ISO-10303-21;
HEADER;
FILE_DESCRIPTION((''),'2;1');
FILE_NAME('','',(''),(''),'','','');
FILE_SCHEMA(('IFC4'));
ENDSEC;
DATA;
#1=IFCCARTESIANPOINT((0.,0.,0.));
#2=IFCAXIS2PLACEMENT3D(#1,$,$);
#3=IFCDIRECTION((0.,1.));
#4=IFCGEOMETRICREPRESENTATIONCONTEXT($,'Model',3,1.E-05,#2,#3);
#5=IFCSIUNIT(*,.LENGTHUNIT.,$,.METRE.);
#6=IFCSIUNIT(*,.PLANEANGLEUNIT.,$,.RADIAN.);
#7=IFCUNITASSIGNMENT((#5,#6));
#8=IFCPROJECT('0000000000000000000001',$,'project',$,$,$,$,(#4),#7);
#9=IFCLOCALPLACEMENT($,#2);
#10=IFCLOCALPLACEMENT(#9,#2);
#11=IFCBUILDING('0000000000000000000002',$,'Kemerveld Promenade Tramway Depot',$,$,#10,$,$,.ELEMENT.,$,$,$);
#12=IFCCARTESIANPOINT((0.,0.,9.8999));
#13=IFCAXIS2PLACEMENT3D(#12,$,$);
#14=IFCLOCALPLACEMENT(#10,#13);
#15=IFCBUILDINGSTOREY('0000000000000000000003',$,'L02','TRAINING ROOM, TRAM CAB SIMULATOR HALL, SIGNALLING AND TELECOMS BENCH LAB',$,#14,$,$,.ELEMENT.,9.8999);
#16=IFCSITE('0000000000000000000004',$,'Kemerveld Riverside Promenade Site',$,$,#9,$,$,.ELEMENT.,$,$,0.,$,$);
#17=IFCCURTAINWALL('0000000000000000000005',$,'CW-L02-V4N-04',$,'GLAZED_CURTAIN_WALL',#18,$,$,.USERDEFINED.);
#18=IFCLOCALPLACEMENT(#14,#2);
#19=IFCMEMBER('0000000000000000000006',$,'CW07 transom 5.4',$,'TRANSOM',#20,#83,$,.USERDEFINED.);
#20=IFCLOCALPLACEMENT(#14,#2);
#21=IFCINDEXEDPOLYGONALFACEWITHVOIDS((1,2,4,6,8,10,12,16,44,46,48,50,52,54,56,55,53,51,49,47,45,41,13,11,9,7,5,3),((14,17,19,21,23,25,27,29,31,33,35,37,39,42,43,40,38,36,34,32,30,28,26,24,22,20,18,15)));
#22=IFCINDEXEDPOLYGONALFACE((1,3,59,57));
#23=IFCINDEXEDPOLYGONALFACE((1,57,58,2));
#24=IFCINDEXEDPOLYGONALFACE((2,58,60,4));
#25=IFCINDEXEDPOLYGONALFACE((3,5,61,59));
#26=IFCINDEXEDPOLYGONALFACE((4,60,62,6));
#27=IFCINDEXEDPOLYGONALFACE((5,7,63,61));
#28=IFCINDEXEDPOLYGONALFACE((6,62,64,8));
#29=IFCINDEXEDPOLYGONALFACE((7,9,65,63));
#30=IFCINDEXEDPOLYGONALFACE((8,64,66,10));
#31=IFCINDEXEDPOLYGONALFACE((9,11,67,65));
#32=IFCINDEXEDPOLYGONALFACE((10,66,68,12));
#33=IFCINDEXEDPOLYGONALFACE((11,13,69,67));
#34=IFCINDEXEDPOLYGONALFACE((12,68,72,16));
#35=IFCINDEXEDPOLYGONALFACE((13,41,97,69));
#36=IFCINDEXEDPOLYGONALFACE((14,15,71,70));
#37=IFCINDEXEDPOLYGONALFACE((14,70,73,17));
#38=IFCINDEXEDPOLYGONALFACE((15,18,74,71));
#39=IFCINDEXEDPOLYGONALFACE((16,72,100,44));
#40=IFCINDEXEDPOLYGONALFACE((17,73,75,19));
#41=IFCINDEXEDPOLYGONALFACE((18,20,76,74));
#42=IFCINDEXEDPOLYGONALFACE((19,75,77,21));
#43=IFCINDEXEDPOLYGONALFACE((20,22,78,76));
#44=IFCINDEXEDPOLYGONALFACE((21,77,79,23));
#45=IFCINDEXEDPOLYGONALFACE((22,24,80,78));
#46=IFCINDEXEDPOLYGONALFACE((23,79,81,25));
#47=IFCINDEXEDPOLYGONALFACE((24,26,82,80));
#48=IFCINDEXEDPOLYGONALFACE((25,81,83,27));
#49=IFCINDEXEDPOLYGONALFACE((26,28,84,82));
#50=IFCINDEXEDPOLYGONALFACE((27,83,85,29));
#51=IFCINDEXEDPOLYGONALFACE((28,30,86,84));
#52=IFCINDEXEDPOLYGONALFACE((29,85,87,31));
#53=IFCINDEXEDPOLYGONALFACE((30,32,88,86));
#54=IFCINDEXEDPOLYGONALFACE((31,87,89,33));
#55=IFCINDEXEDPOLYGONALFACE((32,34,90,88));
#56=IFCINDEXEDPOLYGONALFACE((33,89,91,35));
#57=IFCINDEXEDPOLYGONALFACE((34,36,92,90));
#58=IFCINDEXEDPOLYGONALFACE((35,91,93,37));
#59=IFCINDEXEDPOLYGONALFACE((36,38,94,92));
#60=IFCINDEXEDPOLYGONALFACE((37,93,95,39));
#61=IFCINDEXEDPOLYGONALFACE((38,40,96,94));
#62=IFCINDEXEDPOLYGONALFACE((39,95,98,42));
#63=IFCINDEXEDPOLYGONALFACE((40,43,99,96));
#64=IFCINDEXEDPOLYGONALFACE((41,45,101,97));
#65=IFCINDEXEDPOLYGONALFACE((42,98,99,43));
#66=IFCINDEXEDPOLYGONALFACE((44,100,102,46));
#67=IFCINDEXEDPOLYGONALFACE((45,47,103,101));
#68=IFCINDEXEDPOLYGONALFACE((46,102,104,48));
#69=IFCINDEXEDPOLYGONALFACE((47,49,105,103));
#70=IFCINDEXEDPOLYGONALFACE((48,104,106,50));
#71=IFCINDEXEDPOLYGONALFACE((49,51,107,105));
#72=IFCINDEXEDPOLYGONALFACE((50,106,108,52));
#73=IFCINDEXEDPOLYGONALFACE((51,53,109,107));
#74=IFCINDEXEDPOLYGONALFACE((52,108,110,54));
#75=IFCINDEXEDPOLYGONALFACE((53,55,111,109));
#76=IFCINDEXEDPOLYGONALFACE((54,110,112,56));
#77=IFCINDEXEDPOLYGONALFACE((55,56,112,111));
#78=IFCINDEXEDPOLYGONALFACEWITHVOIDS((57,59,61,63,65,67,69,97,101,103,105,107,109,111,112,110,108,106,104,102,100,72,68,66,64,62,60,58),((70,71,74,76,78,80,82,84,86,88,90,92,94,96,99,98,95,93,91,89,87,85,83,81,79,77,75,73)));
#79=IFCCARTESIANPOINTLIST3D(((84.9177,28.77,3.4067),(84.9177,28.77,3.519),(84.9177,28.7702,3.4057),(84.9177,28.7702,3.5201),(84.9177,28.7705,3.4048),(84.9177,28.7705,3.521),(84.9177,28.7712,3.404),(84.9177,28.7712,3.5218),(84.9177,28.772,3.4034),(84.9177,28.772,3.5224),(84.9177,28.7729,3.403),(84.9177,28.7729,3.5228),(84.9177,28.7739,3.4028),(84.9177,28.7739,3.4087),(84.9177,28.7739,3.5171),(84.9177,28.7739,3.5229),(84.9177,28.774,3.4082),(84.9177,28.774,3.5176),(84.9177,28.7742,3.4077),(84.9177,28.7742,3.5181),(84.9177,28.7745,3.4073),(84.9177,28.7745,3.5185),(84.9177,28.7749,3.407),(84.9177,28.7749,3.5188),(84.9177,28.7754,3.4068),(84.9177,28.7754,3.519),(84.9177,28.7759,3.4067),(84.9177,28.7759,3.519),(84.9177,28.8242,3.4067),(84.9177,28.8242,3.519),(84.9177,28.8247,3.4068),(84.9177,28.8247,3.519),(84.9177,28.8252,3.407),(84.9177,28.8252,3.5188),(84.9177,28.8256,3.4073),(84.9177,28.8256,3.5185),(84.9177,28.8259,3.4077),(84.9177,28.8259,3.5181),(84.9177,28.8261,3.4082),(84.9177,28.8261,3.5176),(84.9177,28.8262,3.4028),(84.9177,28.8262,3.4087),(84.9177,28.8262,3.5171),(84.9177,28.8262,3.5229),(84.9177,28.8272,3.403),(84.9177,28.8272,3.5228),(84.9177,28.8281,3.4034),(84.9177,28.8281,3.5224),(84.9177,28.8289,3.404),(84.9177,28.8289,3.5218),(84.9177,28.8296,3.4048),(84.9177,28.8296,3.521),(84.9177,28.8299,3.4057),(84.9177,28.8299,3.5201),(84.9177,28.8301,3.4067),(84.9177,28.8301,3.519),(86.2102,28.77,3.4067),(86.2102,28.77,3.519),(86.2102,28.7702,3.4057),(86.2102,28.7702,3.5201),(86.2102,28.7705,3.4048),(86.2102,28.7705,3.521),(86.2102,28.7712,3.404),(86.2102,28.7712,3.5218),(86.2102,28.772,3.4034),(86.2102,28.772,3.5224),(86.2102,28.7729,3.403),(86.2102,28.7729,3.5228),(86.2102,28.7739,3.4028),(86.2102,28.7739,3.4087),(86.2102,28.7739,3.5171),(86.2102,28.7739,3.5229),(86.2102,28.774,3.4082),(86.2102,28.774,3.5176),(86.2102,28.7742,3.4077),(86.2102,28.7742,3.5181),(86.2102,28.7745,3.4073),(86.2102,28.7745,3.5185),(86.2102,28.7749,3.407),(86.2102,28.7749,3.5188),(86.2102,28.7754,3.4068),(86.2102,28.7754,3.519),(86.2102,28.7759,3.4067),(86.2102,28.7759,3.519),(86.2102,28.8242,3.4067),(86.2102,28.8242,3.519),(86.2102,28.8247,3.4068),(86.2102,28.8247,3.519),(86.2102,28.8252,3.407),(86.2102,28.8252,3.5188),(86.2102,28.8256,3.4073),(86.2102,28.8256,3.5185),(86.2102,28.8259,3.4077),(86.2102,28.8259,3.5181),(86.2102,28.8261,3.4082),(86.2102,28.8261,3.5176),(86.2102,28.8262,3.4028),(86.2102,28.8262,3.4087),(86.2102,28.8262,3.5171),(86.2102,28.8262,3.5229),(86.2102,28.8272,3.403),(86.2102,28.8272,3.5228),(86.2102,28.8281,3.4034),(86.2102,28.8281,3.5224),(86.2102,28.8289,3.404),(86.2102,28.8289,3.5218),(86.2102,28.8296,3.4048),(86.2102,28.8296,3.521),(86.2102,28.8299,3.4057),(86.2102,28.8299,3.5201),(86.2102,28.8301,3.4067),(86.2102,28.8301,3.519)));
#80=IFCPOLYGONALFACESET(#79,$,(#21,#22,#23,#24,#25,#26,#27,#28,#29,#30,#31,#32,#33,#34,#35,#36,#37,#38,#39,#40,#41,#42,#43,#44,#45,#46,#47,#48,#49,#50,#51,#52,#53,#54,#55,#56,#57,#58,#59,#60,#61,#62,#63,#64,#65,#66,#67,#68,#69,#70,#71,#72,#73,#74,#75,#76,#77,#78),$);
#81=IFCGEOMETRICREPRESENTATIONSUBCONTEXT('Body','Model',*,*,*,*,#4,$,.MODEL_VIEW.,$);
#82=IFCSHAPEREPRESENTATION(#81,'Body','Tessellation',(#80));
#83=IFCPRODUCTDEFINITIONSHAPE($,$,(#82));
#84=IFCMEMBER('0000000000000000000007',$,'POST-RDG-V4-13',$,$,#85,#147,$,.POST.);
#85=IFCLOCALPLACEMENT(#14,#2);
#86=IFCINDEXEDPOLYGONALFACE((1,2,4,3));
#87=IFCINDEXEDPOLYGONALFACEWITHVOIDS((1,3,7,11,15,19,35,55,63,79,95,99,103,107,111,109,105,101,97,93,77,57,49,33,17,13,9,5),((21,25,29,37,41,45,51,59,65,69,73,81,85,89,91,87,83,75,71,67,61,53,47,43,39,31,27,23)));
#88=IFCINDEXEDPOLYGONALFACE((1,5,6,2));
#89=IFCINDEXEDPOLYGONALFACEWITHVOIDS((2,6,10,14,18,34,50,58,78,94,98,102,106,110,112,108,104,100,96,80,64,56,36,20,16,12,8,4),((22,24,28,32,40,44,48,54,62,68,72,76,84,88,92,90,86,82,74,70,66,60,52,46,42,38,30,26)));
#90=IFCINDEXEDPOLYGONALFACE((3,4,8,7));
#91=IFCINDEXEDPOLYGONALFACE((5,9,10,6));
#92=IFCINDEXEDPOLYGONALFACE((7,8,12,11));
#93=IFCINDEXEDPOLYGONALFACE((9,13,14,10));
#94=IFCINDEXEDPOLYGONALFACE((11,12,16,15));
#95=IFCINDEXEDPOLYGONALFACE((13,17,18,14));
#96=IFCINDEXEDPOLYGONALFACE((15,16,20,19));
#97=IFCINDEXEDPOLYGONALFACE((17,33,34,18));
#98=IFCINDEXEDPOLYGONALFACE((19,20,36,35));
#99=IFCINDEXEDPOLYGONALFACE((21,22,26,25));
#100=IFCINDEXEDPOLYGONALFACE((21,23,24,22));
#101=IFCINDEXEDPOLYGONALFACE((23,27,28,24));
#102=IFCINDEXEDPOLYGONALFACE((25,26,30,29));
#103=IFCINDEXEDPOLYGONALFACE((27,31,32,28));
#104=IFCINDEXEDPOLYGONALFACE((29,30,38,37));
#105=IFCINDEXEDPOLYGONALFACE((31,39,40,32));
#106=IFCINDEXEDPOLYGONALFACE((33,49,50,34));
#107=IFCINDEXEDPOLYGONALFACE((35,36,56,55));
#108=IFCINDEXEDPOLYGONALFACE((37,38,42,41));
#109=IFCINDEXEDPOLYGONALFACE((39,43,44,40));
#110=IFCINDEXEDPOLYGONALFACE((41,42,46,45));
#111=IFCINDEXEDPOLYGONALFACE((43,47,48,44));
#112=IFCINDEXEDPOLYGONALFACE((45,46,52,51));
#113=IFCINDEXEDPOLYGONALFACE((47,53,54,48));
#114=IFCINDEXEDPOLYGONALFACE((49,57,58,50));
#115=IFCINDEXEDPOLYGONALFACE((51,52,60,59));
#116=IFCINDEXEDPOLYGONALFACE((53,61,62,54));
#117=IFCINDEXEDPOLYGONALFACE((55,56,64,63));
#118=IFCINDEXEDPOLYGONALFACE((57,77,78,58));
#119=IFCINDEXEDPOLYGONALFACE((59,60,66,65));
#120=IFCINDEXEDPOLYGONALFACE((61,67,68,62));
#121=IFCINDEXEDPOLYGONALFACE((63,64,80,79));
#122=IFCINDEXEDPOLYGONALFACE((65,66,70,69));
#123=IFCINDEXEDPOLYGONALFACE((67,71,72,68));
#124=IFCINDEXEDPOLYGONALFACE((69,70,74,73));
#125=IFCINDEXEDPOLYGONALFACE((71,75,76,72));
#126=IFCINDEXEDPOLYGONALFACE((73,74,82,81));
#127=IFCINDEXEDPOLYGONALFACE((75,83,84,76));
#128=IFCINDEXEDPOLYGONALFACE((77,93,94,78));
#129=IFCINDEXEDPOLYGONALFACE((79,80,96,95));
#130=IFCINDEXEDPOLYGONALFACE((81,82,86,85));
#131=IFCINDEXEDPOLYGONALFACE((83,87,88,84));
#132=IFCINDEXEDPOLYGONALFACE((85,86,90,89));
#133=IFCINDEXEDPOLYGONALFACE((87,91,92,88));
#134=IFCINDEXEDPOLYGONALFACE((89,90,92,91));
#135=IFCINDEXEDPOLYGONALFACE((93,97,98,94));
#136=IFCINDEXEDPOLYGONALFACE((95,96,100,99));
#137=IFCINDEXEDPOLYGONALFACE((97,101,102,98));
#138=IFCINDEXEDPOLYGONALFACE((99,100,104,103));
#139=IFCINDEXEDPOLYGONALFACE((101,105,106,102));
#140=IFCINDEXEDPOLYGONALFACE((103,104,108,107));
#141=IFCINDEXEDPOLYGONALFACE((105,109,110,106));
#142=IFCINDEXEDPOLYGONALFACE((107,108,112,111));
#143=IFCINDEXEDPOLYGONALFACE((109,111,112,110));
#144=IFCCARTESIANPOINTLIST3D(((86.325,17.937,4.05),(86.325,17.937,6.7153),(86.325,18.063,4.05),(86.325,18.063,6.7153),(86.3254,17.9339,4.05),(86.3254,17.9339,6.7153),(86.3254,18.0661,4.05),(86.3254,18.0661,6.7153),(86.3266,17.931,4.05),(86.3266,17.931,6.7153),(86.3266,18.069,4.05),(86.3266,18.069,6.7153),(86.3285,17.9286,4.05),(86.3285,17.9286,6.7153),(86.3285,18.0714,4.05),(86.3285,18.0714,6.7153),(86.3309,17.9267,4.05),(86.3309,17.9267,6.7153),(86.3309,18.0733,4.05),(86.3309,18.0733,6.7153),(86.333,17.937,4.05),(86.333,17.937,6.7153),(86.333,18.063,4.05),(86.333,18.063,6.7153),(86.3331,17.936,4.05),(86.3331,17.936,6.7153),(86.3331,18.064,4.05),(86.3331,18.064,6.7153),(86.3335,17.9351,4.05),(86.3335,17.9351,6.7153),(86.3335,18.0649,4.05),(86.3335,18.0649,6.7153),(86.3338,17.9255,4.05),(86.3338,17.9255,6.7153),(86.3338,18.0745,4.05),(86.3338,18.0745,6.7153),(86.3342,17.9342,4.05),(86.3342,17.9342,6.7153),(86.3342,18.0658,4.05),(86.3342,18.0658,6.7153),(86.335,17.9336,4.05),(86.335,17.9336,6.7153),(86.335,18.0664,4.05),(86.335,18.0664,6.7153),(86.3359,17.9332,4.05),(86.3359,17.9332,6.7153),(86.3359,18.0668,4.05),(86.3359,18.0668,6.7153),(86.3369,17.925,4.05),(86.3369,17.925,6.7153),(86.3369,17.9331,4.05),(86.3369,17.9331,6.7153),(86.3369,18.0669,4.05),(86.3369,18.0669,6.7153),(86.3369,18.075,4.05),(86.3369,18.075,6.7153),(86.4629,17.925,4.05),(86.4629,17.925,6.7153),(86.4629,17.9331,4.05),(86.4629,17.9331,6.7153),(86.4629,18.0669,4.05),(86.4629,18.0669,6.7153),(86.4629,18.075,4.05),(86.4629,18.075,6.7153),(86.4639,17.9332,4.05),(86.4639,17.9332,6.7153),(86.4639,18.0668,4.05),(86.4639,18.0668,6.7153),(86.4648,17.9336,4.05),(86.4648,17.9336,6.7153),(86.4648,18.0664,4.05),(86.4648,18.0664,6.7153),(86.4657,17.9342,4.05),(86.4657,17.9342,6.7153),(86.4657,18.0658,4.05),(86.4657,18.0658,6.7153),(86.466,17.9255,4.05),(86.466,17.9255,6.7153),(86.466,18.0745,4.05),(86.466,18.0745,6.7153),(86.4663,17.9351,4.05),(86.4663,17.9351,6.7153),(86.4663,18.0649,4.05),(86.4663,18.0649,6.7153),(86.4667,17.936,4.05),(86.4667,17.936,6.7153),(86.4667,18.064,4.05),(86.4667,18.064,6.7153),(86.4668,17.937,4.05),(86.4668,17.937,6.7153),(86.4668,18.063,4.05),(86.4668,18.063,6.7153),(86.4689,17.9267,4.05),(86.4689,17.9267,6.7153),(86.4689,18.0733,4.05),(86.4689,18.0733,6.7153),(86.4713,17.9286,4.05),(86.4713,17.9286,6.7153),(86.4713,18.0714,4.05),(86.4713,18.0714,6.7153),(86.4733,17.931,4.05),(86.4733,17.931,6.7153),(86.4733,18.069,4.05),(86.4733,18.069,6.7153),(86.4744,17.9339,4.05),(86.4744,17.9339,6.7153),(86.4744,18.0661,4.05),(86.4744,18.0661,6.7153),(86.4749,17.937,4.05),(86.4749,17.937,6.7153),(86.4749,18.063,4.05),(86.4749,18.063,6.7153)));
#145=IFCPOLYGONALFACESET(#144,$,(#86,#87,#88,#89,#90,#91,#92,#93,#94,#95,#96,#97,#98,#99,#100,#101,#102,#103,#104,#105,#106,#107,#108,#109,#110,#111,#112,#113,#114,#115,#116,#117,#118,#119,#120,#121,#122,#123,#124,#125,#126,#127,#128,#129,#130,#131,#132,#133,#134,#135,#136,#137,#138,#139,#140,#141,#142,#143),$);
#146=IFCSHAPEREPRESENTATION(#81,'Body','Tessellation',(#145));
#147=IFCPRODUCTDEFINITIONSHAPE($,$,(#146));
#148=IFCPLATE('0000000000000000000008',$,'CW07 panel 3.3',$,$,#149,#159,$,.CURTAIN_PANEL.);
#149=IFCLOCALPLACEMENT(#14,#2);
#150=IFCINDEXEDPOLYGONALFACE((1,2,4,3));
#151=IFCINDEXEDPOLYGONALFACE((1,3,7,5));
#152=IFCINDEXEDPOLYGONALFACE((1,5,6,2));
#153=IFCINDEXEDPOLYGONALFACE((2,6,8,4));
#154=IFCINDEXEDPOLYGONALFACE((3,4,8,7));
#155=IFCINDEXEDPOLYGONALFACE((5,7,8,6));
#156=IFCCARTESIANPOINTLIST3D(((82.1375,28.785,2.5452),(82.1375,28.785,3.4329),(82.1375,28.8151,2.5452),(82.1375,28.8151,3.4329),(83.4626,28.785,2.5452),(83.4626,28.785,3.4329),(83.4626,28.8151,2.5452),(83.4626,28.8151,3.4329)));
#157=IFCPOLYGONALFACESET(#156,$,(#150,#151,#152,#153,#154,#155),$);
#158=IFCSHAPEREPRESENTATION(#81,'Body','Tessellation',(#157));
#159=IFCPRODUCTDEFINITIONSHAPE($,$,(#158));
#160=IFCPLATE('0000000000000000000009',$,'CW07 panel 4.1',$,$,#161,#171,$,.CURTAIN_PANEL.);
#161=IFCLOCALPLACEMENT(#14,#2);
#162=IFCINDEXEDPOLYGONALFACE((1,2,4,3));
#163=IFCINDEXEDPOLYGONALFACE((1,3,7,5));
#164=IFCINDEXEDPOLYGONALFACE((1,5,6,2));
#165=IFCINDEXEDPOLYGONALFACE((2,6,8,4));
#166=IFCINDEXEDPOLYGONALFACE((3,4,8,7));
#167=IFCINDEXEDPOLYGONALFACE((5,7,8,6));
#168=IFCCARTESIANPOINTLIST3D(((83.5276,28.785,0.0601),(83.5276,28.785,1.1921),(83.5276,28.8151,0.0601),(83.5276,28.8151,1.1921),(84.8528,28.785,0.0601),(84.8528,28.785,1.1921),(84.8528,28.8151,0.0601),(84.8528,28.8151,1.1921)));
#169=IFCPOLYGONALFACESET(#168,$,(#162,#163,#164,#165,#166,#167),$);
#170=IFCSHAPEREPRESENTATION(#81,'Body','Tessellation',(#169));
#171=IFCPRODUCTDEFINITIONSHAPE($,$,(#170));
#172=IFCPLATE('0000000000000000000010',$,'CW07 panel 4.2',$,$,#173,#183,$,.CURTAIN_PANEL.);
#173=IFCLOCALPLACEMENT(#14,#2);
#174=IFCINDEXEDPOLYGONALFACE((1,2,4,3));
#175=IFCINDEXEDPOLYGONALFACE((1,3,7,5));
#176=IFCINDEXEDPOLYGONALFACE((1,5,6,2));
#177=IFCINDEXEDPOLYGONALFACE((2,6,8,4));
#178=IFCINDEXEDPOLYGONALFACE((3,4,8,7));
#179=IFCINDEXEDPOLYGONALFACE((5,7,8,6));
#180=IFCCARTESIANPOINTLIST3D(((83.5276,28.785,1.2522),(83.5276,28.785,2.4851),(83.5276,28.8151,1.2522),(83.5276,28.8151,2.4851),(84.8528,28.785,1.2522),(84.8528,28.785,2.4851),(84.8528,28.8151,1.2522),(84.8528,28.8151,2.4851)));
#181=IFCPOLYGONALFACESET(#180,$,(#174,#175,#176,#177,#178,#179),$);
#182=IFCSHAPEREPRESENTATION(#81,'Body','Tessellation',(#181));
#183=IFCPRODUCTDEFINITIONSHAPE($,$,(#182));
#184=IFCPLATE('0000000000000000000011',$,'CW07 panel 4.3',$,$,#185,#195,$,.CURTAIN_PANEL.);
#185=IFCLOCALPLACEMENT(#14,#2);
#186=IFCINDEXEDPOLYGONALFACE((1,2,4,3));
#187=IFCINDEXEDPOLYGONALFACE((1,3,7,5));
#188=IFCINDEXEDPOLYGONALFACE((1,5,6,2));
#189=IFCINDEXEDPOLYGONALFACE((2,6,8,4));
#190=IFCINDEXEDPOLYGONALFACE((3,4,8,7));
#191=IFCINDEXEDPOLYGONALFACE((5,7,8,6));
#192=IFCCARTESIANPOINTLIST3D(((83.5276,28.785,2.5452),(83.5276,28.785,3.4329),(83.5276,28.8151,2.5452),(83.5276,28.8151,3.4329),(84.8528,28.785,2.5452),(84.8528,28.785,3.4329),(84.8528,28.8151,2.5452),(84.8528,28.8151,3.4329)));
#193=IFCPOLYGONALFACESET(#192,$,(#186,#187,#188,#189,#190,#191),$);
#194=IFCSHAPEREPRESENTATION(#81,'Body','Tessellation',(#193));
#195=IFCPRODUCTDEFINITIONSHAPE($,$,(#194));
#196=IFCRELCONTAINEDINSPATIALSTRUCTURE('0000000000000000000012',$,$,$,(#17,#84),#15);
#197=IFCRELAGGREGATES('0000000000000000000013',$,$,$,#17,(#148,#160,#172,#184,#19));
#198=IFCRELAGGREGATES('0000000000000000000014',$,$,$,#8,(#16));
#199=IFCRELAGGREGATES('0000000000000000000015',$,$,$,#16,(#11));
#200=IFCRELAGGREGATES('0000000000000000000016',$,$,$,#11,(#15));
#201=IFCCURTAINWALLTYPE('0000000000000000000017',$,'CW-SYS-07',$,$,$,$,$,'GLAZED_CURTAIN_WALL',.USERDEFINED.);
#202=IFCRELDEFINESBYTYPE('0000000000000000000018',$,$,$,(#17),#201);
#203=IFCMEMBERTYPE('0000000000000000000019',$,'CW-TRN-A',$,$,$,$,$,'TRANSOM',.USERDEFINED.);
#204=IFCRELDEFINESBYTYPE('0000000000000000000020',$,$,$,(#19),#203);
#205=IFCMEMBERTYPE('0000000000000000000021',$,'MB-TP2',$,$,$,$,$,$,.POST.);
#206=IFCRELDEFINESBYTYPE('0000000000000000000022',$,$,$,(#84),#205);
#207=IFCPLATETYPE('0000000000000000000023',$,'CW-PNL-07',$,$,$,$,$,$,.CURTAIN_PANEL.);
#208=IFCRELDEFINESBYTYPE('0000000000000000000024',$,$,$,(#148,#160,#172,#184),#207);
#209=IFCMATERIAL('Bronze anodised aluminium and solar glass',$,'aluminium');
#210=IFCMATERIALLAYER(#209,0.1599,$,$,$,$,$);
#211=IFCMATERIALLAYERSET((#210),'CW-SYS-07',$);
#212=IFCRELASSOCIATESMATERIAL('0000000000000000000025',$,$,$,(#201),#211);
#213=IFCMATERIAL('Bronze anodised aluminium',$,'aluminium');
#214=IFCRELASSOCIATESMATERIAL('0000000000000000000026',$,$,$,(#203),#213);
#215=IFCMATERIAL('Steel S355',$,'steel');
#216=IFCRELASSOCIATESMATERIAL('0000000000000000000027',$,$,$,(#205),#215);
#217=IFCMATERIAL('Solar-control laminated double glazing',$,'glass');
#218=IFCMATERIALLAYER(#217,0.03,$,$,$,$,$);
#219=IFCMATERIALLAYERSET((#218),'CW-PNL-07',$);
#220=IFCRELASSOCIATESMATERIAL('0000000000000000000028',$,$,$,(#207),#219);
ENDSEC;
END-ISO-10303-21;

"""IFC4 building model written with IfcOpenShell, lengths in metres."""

from ifc_helpers import new_model, si_unit, direction, frame, origin, origin_2d, place, context, subcontext, project, spatial, rectangle, hollow_rectangle, extrude, material, layer, layer_set, material_profile, profile_set, type_object, element, aggregate, save


model = new_model("IFC4")

# Units and contexts
model_context = context("Model", 3, precision=1e-05, world=origin(), true_north=direction((0.0, 1.0)))
body_context = subcontext(model_context, "Body", "Model", "MODEL_VIEW")
ifc_project = project(units=[si_unit("LENGTHUNIT", "METRE"), si_unit("PLANEANGLEUNIT", "RADIAN")], contexts=[model_context])

# Site, building, storey
site_placement = place(None, origin())
site = spatial("IfcSite", under=ifc_project, at=site_placement, Name="Kemerveld Riverside Promenade Site", CompositionType="ELEMENT", RefElevation=0.0)
building_placement = place(site_placement, origin())
building = spatial("IfcBuilding", under=site, at=building_placement, Name="Kemerveld Promenade Tramway Depot", CompositionType="ELEMENT")
storey_placement = place(building_placement, frame((0.0, 0.0, 9.8999)))
storey = spatial("IfcBuildingStorey", under=building, at=storey_placement, Name="L02", Description="TRAINING ROOM, TRAM CAB SIMULATOR HALL, SIGNALLING AND TELECOMS BENCH LAB", CompositionType="ELEMENT", Elevation=9.8999)

# Shared definitions
ifc_material_1 = material(Name="Steel S355", Category="steel")

# Curtain wall, member
ifc_material_2 = material(Name="Bronze anodised aluminium and solar glass", Category="aluminium")
ifc_layer_1 = layer(ifc_material_2, 0.1599)
ifc_layer_set_1 = layer_set([ifc_layer_1], Name="CW-SYS-07")
curtain_wall_type = type_object("IfcCurtainWallType", Name="CW-SYS-07", ElementType="GLAZED_CURTAIN_WALL", PredefinedType="USERDEFINED", material=ifc_layer_set_1)
curtain_wall_placement = place(storey_placement, origin())
curtain_wall = element("IfcCurtainWall", 1, at=curtain_wall_placement, inside=storey, type_object=curtain_wall_type, Name="CW-L02-V4N-04", ObjectType="GLAZED_CURTAIN_WALL", PredefinedType="USERDEFINED")
ifc_material_3 = material(Name="Bronze anodised aluminium", Category="aluminium")
ifc_material_profile_1 = material_profile(ifc_material_3, hollow_rectangle(XDim=0.0601, YDim=0.1201, WallThickness=0.0039, InnerFilletRadius=0.002, OuterFilletRadius=0.0039, at=origin_2d()), Name="CW-TRN-120x60")
ifc_profile_set_1 = profile_set([ifc_material_profile_1], Name="Bronze anodised aluminium")
member_type_1 = type_object("IfcMemberType", Name="CW-TRN-A", ElementType="TRANSOM", PredefinedType="USERDEFINED", material=ifc_profile_set_1)
member_1_placement = place(storey_placement, frame((84.9177, 28.8, 3.4629), z_axis=(1.0, 0.0, 0.0), x_axis=(0.0, 1.0, 0.0)))
member_1 = element("IfcMember", 2, at=member_1_placement, type_object=member_type_1, Name="CW07 transom 5.4", ObjectType="TRANSOM", PredefinedType="USERDEFINED", context=body_context, shape_type="SweptSolid", body=[
    extrude(hollow_rectangle(XDim=0.0601, YDim=0.1201, WallThickness=0.0039, InnerFilletRadius=0.002, OuterFilletRadius=0.0039, at=origin_2d()), origin(), (0.0, 0.0, 1.0), 1.2925),
])

# Member
ifc_material_profile_2 = material_profile(ifc_material_1, hollow_rectangle(XDim=0.1499, YDim=0.1499, WallThickness=0.0081, InnerFilletRadius=0.0039, OuterFilletRadius=0.012, at=origin_2d()), Name="150x150x8.0 SHS")
ifc_profile_set_2 = profile_set([ifc_material_profile_2], Name="Steel S355")
member_type_2 = type_object("IfcMemberType", Name="MB-TP2", PredefinedType="POST", material=ifc_profile_set_2)
member_2_placement = place(storey_placement, frame((86.3999, 18.0, 4.05), z_axis=(0.0, 0.0, 1.0), x_axis=(1.0, 0.0, 0.0)))
element("IfcMember", 3, at=member_2_placement, inside=storey, type_object=member_type_2, Name="POST-RDG-V4-13", PredefinedType="POST", context=body_context, shape_type="SweptSolid", body=[
    extrude(hollow_rectangle(XDim=0.1499, YDim=0.1499, WallThickness=0.0081, InnerFilletRadius=0.0039, OuterFilletRadius=0.012, at=origin_2d()), origin(), (0.0, 0.0, 1.0), 2.6653),
])

# Plates
ifc_material_4 = material(Name="Solar-control laminated double glazing", Category="glass")
ifc_layer_2 = layer(ifc_material_4, 0.03)
ifc_layer_set_2 = layer_set([ifc_layer_2], Name="CW-PNL-07")
plate_type_1 = type_object("IfcPlateType", Name="CW-PNL-07", PredefinedType="CURTAIN_PANEL", material=ifc_layer_set_2)
plate_1_placement = place(storey_placement, frame((82.8, 28.8, 2.5452), z_axis=(0.0, 0.0, 1.0), x_axis=(1.0, 0.0, 0.0)))
plate_1 = element("IfcPlate", 4, at=plate_1_placement, type_object=plate_type_1, Name="CW07 panel 3.3", PredefinedType="CURTAIN_PANEL", context=body_context, shape_type="SweptSolid", body=[
    extrude(rectangle(XDim=1.3252, YDim=0.03, at=origin_2d()), origin(), (0.0, 0.0, 1.0), 0.8877),
])
plate_2_placement = place(storey_placement, frame((84.1902, 28.8, 0.0601), z_axis=(0.0, 0.0, 1.0), x_axis=(1.0, 0.0, 0.0)))
plate_2 = element("IfcPlate", 5, at=plate_2_placement, type_object=plate_type_1, Name="CW07 panel 4.1", PredefinedType="CURTAIN_PANEL", context=body_context, shape_type="SweptSolid", body=[
    extrude(rectangle(XDim=1.3252, YDim=0.03, at=origin_2d()), origin(), (0.0, 0.0, 1.0), 1.1321),
])
plate_3_placement = place(storey_placement, frame((84.1902, 28.8, 1.2522), z_axis=(0.0, 0.0, 1.0), x_axis=(1.0, 0.0, 0.0)))
plate_3 = element("IfcPlate", 6, at=plate_3_placement, type_object=plate_type_1, Name="CW07 panel 4.2", PredefinedType="CURTAIN_PANEL", context=body_context, shape_type="SweptSolid", body=[
    extrude(rectangle(XDim=1.3252, YDim=0.03, at=origin_2d()), origin(), (0.0, 0.0, 1.0), 1.2329),
])
plate_4_placement = place(storey_placement, frame((84.1902, 28.8, 2.5452), z_axis=(0.0, 0.0, 1.0), x_axis=(1.0, 0.0, 0.0)))
plate_4 = element("IfcPlate", 7, at=plate_4_placement, type_object=plate_type_1, Name="CW07 panel 4.3", PredefinedType="CURTAIN_PANEL", context=body_context, shape_type="SweptSolid", body=[
    extrude(rectangle(XDim=1.3252, YDim=0.03, at=origin_2d()), origin(), (0.0, 0.0, 1.0), 0.8877),
])
aggregate(curtain_wall, [plate_1, plate_2, plate_3, plate_4, member_1])

save(model, "model.ifc")
